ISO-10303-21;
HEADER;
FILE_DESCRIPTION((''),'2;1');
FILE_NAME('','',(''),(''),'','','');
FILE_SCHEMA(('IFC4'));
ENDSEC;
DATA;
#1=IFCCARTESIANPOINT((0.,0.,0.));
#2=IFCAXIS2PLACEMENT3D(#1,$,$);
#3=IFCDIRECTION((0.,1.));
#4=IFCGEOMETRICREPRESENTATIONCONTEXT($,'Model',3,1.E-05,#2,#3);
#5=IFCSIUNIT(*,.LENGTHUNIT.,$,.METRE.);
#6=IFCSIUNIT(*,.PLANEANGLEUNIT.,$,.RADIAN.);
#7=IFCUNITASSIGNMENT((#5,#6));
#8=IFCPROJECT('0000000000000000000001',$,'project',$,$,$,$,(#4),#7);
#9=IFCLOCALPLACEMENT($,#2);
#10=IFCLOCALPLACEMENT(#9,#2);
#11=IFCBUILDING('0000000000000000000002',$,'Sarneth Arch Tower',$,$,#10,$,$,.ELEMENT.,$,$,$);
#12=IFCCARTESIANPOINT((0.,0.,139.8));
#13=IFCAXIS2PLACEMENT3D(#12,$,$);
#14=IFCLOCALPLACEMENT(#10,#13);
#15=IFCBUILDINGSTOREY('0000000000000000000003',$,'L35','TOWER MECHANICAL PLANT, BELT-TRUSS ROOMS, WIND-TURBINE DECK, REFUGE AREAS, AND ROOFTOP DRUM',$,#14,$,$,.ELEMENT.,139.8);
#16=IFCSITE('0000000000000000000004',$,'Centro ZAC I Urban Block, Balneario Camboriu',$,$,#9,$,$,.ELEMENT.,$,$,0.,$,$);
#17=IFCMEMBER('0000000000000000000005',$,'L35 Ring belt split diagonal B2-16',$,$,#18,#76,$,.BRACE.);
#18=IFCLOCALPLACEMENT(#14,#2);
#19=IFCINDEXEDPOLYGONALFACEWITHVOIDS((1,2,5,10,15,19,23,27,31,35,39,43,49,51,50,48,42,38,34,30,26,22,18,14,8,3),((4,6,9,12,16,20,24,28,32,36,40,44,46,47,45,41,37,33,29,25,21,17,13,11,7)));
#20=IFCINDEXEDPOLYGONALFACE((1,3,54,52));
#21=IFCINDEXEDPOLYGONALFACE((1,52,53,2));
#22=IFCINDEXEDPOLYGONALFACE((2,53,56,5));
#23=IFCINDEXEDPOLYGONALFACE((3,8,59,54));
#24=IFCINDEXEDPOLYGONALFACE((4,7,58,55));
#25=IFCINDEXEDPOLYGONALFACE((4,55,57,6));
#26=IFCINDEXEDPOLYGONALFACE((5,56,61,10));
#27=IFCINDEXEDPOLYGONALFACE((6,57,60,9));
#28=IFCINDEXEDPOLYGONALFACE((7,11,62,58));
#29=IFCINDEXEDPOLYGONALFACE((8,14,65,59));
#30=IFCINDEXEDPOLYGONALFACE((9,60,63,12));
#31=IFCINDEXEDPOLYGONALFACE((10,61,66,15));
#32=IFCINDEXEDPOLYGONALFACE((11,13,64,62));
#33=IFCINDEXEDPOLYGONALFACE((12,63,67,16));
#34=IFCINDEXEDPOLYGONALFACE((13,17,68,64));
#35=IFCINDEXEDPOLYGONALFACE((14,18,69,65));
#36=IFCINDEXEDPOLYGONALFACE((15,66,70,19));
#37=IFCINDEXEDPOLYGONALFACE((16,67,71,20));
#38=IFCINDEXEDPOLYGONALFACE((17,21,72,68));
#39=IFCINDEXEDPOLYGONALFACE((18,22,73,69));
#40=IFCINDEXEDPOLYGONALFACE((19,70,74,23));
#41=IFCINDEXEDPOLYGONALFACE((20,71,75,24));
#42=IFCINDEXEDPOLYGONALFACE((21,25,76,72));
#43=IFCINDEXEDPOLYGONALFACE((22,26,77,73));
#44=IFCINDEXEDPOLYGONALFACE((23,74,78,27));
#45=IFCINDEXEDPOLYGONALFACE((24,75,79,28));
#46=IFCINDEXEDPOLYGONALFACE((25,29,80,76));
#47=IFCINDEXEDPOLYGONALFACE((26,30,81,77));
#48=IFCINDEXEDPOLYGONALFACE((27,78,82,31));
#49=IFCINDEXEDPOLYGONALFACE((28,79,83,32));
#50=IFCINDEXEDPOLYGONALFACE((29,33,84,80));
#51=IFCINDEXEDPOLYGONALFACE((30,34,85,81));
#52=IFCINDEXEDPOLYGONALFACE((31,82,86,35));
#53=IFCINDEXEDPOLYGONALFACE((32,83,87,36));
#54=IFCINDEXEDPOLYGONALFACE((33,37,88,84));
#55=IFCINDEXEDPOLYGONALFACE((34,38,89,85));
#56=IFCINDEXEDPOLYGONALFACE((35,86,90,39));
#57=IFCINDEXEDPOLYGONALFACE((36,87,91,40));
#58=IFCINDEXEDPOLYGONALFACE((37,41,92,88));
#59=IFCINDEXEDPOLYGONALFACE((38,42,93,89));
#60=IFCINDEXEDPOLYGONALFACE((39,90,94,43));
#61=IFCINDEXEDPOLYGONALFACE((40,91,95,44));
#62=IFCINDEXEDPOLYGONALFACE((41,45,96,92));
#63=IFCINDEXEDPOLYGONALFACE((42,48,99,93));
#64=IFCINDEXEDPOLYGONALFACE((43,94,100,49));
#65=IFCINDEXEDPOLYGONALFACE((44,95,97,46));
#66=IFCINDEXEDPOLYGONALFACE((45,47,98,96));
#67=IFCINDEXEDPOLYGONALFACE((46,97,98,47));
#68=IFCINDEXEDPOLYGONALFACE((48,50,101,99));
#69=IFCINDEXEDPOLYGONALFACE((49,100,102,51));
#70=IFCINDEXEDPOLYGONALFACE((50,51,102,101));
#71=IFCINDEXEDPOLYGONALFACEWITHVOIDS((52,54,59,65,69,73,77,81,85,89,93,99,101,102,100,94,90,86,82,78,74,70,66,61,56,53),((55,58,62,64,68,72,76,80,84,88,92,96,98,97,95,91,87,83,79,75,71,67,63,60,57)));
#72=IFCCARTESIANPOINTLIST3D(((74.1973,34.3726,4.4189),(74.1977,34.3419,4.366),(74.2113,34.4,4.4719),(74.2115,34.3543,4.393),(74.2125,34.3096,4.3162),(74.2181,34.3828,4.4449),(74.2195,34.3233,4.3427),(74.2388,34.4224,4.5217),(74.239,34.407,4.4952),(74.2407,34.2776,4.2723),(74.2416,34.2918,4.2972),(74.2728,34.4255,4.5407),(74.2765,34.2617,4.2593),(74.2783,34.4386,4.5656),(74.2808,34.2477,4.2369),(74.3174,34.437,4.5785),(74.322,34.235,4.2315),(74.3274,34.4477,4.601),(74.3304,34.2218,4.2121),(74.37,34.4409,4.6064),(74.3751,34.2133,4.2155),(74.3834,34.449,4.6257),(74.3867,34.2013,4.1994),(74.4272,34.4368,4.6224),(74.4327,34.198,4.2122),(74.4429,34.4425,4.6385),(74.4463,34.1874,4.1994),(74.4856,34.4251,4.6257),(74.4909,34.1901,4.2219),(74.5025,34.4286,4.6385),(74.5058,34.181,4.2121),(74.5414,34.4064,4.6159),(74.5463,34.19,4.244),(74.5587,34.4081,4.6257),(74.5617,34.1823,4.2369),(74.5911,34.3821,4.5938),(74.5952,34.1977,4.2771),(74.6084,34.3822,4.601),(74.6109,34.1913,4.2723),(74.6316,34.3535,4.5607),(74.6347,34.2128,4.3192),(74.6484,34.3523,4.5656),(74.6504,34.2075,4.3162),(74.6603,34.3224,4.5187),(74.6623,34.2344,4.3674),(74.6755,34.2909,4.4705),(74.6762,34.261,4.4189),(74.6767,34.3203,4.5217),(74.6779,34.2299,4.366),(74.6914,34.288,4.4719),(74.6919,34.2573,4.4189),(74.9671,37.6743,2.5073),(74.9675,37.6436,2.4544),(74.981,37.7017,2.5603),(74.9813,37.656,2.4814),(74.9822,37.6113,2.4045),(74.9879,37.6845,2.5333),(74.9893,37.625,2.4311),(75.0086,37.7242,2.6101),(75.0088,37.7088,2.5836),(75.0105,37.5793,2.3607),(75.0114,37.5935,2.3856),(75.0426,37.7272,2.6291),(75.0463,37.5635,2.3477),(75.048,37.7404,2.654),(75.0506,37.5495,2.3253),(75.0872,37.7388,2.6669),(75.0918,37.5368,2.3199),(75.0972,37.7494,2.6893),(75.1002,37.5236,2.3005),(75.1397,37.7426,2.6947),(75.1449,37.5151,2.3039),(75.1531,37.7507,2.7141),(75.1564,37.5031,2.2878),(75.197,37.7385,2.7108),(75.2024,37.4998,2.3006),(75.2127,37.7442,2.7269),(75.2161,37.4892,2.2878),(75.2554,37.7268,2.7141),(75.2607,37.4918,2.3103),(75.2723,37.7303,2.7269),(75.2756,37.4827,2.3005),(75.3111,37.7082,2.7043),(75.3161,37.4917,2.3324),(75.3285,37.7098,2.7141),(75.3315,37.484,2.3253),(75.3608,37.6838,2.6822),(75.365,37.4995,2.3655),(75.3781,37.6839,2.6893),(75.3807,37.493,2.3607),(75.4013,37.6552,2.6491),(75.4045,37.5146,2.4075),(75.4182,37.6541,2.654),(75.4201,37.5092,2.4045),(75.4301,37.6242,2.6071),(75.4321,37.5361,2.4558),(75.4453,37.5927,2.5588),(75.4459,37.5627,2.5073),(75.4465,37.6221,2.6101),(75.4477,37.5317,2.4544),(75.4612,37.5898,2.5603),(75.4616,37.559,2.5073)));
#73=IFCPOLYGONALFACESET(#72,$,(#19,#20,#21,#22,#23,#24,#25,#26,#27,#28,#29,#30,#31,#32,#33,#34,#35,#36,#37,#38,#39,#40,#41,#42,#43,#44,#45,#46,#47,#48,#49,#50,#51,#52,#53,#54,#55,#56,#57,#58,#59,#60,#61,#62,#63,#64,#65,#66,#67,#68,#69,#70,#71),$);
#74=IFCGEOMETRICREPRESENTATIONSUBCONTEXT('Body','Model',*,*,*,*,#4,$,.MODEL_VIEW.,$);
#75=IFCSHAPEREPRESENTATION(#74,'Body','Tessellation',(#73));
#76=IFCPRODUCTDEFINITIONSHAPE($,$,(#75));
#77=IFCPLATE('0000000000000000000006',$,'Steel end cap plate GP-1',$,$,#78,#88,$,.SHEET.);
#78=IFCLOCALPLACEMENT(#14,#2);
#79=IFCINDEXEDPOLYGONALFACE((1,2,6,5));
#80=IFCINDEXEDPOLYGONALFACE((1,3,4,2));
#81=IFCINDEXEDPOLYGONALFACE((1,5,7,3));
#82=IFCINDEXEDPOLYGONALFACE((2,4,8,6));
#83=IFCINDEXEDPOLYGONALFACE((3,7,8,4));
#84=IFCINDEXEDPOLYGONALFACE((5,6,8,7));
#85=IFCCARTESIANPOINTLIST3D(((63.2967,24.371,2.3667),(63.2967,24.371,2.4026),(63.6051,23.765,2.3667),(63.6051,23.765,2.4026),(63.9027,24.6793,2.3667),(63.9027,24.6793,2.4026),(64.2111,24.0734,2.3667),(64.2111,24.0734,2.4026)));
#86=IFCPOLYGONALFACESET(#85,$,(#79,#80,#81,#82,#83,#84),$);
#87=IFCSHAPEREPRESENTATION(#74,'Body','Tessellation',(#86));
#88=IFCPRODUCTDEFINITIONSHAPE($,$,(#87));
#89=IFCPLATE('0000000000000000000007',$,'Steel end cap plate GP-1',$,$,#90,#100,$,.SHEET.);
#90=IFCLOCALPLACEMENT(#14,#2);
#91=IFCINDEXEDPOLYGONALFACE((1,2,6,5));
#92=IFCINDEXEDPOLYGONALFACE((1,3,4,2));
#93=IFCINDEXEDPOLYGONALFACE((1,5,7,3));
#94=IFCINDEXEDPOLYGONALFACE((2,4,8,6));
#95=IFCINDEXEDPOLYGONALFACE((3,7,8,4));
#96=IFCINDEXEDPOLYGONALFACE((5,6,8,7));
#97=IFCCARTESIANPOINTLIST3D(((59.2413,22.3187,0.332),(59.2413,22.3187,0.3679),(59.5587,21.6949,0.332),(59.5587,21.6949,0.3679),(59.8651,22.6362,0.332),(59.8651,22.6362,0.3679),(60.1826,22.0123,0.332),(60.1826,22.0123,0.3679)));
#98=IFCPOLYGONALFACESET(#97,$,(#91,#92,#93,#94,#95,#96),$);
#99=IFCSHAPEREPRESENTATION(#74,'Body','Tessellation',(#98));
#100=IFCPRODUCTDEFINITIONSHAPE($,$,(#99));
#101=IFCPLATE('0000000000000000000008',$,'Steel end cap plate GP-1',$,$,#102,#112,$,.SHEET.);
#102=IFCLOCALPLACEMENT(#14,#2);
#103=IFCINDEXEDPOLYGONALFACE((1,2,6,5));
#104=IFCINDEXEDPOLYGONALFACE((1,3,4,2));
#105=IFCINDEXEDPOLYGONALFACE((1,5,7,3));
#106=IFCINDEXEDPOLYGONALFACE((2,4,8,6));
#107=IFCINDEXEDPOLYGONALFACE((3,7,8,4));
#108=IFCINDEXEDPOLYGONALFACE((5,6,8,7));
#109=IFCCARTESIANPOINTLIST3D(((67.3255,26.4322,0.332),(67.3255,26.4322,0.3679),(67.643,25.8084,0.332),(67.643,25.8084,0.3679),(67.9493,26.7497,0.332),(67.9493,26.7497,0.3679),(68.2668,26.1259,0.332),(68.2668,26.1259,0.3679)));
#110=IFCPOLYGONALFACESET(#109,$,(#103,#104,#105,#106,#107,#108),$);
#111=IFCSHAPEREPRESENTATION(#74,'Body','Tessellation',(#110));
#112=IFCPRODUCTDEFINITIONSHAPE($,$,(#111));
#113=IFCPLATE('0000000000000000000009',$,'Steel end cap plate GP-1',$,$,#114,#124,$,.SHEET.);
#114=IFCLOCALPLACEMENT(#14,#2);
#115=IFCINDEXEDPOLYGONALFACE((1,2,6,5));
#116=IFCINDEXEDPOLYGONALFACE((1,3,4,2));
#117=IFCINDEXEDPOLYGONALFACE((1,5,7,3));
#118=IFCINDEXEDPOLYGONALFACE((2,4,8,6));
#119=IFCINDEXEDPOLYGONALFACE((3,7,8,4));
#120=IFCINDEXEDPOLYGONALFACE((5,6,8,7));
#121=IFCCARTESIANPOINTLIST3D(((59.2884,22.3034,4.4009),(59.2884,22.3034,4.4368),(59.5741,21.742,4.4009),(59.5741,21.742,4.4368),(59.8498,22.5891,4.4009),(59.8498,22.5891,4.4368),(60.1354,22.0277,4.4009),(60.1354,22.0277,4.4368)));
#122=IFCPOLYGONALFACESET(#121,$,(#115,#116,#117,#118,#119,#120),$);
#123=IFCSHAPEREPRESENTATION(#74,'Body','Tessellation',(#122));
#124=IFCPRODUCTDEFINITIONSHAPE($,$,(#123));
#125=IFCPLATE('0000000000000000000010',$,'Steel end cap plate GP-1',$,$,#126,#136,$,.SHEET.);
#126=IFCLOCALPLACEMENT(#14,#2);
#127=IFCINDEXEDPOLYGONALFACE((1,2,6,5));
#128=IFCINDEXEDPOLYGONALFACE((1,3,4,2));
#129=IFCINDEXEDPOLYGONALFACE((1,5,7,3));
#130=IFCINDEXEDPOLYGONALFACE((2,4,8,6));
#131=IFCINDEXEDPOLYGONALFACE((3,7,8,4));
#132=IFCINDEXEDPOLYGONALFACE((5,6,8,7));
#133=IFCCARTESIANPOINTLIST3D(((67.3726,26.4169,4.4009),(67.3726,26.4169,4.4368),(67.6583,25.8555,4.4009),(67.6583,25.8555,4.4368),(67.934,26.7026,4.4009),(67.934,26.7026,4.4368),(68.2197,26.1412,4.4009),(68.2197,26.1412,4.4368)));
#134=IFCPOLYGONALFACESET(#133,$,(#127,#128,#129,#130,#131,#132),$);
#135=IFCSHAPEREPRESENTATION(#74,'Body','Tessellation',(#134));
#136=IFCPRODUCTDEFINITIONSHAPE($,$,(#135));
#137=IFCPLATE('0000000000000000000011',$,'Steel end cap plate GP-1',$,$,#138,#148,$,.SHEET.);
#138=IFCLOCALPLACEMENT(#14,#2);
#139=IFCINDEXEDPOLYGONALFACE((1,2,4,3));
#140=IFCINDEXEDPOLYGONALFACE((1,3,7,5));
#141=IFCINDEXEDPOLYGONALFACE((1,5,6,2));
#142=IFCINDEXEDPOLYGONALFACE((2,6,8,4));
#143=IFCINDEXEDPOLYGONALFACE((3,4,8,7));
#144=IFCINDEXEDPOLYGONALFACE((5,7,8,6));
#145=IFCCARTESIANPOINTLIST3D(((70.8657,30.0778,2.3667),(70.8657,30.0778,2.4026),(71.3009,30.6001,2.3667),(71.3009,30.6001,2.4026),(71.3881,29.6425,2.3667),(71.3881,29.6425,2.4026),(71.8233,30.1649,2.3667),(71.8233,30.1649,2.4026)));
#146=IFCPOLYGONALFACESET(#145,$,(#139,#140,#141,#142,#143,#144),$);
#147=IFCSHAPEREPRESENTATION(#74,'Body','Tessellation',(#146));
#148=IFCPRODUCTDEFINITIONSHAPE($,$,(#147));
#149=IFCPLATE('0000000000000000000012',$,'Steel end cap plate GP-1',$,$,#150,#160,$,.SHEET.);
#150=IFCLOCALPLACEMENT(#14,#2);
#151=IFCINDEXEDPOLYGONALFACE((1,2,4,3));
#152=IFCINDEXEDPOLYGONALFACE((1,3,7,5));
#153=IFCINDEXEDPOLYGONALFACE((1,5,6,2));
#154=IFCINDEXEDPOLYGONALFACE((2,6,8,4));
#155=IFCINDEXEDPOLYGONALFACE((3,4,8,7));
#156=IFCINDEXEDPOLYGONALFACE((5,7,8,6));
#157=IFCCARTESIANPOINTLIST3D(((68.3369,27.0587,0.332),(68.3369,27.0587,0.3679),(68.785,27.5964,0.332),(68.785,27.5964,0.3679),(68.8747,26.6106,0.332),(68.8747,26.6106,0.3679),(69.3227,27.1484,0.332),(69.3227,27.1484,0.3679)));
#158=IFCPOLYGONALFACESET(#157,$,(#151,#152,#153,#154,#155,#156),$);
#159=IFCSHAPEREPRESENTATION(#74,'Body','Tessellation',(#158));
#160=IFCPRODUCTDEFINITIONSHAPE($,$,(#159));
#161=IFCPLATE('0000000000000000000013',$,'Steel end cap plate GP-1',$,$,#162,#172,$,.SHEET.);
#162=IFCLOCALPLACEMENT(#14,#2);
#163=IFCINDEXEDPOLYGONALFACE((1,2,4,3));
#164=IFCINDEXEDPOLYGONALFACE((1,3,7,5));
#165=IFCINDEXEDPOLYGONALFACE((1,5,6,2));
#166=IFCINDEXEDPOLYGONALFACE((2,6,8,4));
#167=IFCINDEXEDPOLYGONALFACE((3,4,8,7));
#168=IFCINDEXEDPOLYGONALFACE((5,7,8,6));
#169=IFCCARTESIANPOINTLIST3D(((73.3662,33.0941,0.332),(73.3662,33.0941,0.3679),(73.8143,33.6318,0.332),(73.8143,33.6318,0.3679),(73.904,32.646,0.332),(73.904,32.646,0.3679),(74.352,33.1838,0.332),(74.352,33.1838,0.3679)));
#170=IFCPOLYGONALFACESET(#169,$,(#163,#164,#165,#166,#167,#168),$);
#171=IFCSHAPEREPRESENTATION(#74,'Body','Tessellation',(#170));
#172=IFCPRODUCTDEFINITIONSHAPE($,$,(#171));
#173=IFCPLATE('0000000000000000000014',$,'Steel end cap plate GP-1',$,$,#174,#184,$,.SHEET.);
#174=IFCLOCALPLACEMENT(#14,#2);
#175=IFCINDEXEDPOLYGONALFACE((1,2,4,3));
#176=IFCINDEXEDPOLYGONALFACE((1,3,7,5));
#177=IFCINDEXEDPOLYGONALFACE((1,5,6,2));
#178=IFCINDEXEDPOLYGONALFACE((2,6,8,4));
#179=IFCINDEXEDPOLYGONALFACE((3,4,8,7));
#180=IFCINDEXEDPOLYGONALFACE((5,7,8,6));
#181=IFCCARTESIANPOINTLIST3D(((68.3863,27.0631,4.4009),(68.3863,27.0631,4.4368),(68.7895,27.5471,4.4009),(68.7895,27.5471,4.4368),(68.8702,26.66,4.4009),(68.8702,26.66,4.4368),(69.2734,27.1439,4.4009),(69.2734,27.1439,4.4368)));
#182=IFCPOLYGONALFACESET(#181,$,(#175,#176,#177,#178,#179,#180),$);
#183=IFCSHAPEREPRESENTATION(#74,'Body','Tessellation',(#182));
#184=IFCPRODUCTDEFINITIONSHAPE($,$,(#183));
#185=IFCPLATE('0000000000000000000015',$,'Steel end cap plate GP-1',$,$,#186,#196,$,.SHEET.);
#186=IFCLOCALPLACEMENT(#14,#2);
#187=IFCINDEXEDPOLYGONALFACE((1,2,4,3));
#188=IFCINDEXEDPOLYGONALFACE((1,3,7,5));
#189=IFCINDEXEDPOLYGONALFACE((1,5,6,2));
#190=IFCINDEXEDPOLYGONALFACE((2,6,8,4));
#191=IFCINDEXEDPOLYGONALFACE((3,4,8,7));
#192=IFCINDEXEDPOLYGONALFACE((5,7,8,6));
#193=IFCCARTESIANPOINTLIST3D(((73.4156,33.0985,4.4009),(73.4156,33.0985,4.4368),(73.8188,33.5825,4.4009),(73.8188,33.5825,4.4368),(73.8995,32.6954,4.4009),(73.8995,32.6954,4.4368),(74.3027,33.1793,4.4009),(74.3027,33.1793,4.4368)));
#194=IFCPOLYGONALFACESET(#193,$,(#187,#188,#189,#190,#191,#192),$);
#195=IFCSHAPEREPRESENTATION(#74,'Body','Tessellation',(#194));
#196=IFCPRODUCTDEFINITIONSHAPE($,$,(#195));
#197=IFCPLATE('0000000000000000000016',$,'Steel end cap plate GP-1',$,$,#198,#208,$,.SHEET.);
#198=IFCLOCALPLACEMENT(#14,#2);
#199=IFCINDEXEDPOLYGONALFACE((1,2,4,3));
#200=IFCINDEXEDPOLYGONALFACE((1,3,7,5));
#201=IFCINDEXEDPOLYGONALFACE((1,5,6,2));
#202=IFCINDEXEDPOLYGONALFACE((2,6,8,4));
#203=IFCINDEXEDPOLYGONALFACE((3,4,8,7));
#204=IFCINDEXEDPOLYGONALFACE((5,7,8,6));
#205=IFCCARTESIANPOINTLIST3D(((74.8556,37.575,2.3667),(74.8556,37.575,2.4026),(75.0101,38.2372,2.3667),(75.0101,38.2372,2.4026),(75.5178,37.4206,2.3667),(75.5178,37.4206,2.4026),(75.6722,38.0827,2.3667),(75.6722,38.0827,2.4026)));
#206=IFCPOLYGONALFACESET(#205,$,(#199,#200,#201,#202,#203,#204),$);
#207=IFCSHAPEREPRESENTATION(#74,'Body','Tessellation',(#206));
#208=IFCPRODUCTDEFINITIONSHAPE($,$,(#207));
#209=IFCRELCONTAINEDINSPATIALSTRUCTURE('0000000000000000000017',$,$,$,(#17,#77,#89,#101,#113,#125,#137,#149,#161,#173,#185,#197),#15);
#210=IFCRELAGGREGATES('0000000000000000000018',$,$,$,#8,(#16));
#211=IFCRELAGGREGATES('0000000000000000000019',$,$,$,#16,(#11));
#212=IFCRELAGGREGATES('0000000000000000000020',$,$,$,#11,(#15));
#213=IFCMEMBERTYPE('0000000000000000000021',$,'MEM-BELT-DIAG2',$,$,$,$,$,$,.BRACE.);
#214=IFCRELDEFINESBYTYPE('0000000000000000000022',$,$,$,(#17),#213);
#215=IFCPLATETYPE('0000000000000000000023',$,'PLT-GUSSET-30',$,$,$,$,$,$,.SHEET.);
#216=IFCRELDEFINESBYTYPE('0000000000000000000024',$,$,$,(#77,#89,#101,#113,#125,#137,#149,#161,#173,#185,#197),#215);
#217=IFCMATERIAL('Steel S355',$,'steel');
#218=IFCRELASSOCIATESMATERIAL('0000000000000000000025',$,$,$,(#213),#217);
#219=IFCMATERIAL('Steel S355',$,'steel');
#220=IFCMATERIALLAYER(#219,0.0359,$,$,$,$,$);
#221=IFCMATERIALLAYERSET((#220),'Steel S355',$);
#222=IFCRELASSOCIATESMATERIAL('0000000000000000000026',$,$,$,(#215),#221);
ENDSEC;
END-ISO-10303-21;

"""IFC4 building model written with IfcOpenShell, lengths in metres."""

from ifc_helpers import new_model, si_unit, direction, frame, origin, origin_2d, place, context, subcontext, project, spatial, rectangle, hollow_circle, extrude, material, layer, layer_set, material_profile, profile_set, type_object, element, save


model = new_model("IFC4")

# Units and contexts
model_context = context("Model", 3, precision=1e-05, world=origin(), true_north=direction((0.0, 1.0)))
body_context = subcontext(model_context, "Body", "Model", "MODEL_VIEW")
ifc_project = project(units=[si_unit("LENGTHUNIT", "METRE"), si_unit("PLANEANGLEUNIT", "RADIAN")], contexts=[model_context])

# Site, building, storey
site_placement = place(None, origin())
site = spatial("IfcSite", under=ifc_project, at=site_placement, Name="Centro ZAC I Urban Block, Balneario Camboriu", CompositionType="ELEMENT", RefElevation=0.0)
building_placement = place(site_placement, origin())
building = spatial("IfcBuilding", under=site, at=building_placement, Name="Sarneth Arch Tower", CompositionType="ELEMENT")
storey_placement = place(building_placement, frame((0.0, 0.0, 139.8)))
storey = spatial("IfcBuildingStorey", under=building, at=storey_placement, Name="L35", Description="TOWER MECHANICAL PLANT, BELT-TRUSS ROOMS, WIND-TURBINE DECK, REFUGE AREAS, AND ROOFTOP DRUM", CompositionType="ELEMENT", Elevation=139.8)

# Member
ifc_material_1 = material(Name="Steel S355", Category="steel")
ifc_material_profile_1 = material_profile(ifc_material_1, hollow_circle(Radius=0.2539, WallThickness=0.0161, at=origin_2d()), Name="CHS508x16")
ifc_profile_set_1 = profile_set([ifc_material_profile_1], Name="Steel S355")
member_type_1 = type_object("IfcMemberType", Name="MEM-BELT-DIAG2", PredefinedType="BRACE", material=ifc_profile_set_1)
member_1_placement = place(storey_placement, frame((75.2144, 37.6167, 2.5073), z_axis=(-0.197779, -0.848323, 0.491154), x_axis=(0.973883, -0.227052, 0.0)))
element("IfcMember", 1, at=member_1_placement, inside=storey, type_object=member_type_1, Name="L35 Ring belt split diagonal B2-16", PredefinedType="BRACE", context=body_context, shape_type="SweptSolid", body=[
    extrude(hollow_circle(Radius=0.2539, WallThickness=0.0161, at=origin_2d()), origin(), (0.0, 0.0, 1.0), 3.8921),
])

# Plates
ifc_material_2 = material(Name="Steel S355", Category="steel")
ifc_layer_1 = layer(ifc_material_2, 0.0359)
ifc_layer_set_1 = layer_set([ifc_layer_1], Name="Steel S355")
plate_type = type_object("IfcPlateType", Name="PLT-GUSSET-30", PredefinedType="SHEET", material=ifc_layer_set_1)
plate_1_placement = place(storey_placement, frame((63.7539, 24.2222, 2.3667), z_axis=(0.0, 0.0, 1.0), x_axis=(0.891244, 0.453524, 0.0)))
element("IfcPlate", 2, at=plate_1_placement, inside=storey, type_object=plate_type, Name="Steel end cap plate GP-1", PredefinedType="SHEET", context=body_context, shape_type="SweptSolid", body=[
    extrude(rectangle(XDim=0.6799, YDim=0.6799, at=origin_2d()), origin(), (0.0, 0.0, 1.0), 0.0359),
])
for number, where, z_axis, x_axis, name in (
    (3, (59.7119, 22.1655, 0.332), (0.0, 0.0, 1.0), (-0.891244, -0.453524, 0.0), "Steel end cap plate GP-1"),
    (4, (67.7961, 26.2791, 0.332), (0.0, 0.0, 1.0), (0.891244, 0.453524, 0.0), "Steel end cap plate GP-1"),
):
    element("IfcPlate", number, at=place(storey_placement, frame(where, z_axis=z_axis, x_axis=x_axis)), inside=storey, type_object=plate_type, Name=name, PredefinedType="SHEET", context=body_context, shape_type="SweptSolid", body=[
        extrude(rectangle(XDim=0.7, YDim=0.7, at=origin_2d()), origin(), (0.0, 0.0, 1.0), 0.0359),
    ])
for number, where, z_axis, x_axis, name in (
    (5, (59.7119, 22.1655, 4.4009), (0.0, 0.0, 1.0), (-0.891244, -0.453524, 0.0), "Steel end cap plate GP-1"),
    (6, (67.7961, 26.2791, 4.4009), (0.0, 0.0, 1.0), (0.891244, 0.453524, 0.0), "Steel end cap plate GP-1"),
):
    element("IfcPlate", number, at=place(storey_placement, frame(where, z_axis=z_axis, x_axis=x_axis)), inside=storey, type_object=plate_type, Name=name, PredefinedType="SHEET", context=body_context, shape_type="SweptSolid", body=[
        extrude(rectangle(XDim=0.6299, YDim=0.6299, at=origin_2d()), origin(), (0.0, 0.0, 1.0), 0.0359),
    ])
plate_2_placement = place(storey_placement, frame((71.3445, 30.1213, 2.3667), z_axis=(0.0, 0.0, 1.0), x_axis=(0.64011, 0.768284, 0.0)))
element("IfcPlate", 7, at=plate_2_placement, inside=storey, type_object=plate_type, Name="Steel end cap plate GP-1", PredefinedType="SHEET", context=body_context, shape_type="SweptSolid", body=[
    extrude(rectangle(XDim=0.6799, YDim=0.6799, at=origin_2d()), origin(), (0.0, 0.0, 1.0), 0.0359),
])
for number, where, z_axis, x_axis, name in (
    (8, (68.8298, 27.1035, 0.332), (0.0, 0.0, 1.0), (-0.64011, -0.768284, 0.0), "Steel end cap plate GP-1"),
    (9, (73.8591, 33.1389, 0.332), (0.0, 0.0, 1.0), (0.64011, 0.768284, 0.0), "Steel end cap plate GP-1"),
):
    element("IfcPlate", number, at=place(storey_placement, frame(where, z_axis=z_axis, x_axis=x_axis)), inside=storey, type_object=plate_type, Name=name, PredefinedType="SHEET", context=body_context, shape_type="SweptSolid", body=[
        extrude(rectangle(XDim=0.7, YDim=0.7, at=origin_2d()), origin(), (0.0, 0.0, 1.0), 0.0359),
    ])
for number, where, z_axis, x_axis, name in (
    (10, (68.8298, 27.1035, 4.4009), (0.0, 0.0, 1.0), (-0.64011, -0.768284, 0.0), "Steel end cap plate GP-1"),
    (11, (73.8591, 33.1389, 4.4009), (0.0, 0.0, 1.0), (0.64011, 0.768284, 0.0), "Steel end cap plate GP-1"),
):
    element("IfcPlate", number, at=place(storey_placement, frame(where, z_axis=z_axis, x_axis=x_axis)), inside=storey, type_object=plate_type, Name=name, PredefinedType="SHEET", context=body_context, shape_type="SweptSolid", body=[
        extrude(rectangle(XDim=0.6299, YDim=0.6299, at=origin_2d()), origin(), (0.0, 0.0, 1.0), 0.0359),
    ])
plate_3_placement = place(storey_placement, frame((75.2639, 37.8289, 2.3667), z_axis=(0.0, 0.0, 1.0), x_axis=(0.227161, 0.973857, 0.0)))
element("IfcPlate", 12, at=plate_3_placement, inside=storey, type_object=plate_type, Name="Steel end cap plate GP-1", PredefinedType="SHEET", context=body_context, shape_type="SweptSolid", body=[
    extrude(rectangle(XDim=0.6799, YDim=0.6799, at=origin_2d()), origin(), (0.0, 0.0, 1.0), 0.0359),
])

save(model, "model.ifc")
